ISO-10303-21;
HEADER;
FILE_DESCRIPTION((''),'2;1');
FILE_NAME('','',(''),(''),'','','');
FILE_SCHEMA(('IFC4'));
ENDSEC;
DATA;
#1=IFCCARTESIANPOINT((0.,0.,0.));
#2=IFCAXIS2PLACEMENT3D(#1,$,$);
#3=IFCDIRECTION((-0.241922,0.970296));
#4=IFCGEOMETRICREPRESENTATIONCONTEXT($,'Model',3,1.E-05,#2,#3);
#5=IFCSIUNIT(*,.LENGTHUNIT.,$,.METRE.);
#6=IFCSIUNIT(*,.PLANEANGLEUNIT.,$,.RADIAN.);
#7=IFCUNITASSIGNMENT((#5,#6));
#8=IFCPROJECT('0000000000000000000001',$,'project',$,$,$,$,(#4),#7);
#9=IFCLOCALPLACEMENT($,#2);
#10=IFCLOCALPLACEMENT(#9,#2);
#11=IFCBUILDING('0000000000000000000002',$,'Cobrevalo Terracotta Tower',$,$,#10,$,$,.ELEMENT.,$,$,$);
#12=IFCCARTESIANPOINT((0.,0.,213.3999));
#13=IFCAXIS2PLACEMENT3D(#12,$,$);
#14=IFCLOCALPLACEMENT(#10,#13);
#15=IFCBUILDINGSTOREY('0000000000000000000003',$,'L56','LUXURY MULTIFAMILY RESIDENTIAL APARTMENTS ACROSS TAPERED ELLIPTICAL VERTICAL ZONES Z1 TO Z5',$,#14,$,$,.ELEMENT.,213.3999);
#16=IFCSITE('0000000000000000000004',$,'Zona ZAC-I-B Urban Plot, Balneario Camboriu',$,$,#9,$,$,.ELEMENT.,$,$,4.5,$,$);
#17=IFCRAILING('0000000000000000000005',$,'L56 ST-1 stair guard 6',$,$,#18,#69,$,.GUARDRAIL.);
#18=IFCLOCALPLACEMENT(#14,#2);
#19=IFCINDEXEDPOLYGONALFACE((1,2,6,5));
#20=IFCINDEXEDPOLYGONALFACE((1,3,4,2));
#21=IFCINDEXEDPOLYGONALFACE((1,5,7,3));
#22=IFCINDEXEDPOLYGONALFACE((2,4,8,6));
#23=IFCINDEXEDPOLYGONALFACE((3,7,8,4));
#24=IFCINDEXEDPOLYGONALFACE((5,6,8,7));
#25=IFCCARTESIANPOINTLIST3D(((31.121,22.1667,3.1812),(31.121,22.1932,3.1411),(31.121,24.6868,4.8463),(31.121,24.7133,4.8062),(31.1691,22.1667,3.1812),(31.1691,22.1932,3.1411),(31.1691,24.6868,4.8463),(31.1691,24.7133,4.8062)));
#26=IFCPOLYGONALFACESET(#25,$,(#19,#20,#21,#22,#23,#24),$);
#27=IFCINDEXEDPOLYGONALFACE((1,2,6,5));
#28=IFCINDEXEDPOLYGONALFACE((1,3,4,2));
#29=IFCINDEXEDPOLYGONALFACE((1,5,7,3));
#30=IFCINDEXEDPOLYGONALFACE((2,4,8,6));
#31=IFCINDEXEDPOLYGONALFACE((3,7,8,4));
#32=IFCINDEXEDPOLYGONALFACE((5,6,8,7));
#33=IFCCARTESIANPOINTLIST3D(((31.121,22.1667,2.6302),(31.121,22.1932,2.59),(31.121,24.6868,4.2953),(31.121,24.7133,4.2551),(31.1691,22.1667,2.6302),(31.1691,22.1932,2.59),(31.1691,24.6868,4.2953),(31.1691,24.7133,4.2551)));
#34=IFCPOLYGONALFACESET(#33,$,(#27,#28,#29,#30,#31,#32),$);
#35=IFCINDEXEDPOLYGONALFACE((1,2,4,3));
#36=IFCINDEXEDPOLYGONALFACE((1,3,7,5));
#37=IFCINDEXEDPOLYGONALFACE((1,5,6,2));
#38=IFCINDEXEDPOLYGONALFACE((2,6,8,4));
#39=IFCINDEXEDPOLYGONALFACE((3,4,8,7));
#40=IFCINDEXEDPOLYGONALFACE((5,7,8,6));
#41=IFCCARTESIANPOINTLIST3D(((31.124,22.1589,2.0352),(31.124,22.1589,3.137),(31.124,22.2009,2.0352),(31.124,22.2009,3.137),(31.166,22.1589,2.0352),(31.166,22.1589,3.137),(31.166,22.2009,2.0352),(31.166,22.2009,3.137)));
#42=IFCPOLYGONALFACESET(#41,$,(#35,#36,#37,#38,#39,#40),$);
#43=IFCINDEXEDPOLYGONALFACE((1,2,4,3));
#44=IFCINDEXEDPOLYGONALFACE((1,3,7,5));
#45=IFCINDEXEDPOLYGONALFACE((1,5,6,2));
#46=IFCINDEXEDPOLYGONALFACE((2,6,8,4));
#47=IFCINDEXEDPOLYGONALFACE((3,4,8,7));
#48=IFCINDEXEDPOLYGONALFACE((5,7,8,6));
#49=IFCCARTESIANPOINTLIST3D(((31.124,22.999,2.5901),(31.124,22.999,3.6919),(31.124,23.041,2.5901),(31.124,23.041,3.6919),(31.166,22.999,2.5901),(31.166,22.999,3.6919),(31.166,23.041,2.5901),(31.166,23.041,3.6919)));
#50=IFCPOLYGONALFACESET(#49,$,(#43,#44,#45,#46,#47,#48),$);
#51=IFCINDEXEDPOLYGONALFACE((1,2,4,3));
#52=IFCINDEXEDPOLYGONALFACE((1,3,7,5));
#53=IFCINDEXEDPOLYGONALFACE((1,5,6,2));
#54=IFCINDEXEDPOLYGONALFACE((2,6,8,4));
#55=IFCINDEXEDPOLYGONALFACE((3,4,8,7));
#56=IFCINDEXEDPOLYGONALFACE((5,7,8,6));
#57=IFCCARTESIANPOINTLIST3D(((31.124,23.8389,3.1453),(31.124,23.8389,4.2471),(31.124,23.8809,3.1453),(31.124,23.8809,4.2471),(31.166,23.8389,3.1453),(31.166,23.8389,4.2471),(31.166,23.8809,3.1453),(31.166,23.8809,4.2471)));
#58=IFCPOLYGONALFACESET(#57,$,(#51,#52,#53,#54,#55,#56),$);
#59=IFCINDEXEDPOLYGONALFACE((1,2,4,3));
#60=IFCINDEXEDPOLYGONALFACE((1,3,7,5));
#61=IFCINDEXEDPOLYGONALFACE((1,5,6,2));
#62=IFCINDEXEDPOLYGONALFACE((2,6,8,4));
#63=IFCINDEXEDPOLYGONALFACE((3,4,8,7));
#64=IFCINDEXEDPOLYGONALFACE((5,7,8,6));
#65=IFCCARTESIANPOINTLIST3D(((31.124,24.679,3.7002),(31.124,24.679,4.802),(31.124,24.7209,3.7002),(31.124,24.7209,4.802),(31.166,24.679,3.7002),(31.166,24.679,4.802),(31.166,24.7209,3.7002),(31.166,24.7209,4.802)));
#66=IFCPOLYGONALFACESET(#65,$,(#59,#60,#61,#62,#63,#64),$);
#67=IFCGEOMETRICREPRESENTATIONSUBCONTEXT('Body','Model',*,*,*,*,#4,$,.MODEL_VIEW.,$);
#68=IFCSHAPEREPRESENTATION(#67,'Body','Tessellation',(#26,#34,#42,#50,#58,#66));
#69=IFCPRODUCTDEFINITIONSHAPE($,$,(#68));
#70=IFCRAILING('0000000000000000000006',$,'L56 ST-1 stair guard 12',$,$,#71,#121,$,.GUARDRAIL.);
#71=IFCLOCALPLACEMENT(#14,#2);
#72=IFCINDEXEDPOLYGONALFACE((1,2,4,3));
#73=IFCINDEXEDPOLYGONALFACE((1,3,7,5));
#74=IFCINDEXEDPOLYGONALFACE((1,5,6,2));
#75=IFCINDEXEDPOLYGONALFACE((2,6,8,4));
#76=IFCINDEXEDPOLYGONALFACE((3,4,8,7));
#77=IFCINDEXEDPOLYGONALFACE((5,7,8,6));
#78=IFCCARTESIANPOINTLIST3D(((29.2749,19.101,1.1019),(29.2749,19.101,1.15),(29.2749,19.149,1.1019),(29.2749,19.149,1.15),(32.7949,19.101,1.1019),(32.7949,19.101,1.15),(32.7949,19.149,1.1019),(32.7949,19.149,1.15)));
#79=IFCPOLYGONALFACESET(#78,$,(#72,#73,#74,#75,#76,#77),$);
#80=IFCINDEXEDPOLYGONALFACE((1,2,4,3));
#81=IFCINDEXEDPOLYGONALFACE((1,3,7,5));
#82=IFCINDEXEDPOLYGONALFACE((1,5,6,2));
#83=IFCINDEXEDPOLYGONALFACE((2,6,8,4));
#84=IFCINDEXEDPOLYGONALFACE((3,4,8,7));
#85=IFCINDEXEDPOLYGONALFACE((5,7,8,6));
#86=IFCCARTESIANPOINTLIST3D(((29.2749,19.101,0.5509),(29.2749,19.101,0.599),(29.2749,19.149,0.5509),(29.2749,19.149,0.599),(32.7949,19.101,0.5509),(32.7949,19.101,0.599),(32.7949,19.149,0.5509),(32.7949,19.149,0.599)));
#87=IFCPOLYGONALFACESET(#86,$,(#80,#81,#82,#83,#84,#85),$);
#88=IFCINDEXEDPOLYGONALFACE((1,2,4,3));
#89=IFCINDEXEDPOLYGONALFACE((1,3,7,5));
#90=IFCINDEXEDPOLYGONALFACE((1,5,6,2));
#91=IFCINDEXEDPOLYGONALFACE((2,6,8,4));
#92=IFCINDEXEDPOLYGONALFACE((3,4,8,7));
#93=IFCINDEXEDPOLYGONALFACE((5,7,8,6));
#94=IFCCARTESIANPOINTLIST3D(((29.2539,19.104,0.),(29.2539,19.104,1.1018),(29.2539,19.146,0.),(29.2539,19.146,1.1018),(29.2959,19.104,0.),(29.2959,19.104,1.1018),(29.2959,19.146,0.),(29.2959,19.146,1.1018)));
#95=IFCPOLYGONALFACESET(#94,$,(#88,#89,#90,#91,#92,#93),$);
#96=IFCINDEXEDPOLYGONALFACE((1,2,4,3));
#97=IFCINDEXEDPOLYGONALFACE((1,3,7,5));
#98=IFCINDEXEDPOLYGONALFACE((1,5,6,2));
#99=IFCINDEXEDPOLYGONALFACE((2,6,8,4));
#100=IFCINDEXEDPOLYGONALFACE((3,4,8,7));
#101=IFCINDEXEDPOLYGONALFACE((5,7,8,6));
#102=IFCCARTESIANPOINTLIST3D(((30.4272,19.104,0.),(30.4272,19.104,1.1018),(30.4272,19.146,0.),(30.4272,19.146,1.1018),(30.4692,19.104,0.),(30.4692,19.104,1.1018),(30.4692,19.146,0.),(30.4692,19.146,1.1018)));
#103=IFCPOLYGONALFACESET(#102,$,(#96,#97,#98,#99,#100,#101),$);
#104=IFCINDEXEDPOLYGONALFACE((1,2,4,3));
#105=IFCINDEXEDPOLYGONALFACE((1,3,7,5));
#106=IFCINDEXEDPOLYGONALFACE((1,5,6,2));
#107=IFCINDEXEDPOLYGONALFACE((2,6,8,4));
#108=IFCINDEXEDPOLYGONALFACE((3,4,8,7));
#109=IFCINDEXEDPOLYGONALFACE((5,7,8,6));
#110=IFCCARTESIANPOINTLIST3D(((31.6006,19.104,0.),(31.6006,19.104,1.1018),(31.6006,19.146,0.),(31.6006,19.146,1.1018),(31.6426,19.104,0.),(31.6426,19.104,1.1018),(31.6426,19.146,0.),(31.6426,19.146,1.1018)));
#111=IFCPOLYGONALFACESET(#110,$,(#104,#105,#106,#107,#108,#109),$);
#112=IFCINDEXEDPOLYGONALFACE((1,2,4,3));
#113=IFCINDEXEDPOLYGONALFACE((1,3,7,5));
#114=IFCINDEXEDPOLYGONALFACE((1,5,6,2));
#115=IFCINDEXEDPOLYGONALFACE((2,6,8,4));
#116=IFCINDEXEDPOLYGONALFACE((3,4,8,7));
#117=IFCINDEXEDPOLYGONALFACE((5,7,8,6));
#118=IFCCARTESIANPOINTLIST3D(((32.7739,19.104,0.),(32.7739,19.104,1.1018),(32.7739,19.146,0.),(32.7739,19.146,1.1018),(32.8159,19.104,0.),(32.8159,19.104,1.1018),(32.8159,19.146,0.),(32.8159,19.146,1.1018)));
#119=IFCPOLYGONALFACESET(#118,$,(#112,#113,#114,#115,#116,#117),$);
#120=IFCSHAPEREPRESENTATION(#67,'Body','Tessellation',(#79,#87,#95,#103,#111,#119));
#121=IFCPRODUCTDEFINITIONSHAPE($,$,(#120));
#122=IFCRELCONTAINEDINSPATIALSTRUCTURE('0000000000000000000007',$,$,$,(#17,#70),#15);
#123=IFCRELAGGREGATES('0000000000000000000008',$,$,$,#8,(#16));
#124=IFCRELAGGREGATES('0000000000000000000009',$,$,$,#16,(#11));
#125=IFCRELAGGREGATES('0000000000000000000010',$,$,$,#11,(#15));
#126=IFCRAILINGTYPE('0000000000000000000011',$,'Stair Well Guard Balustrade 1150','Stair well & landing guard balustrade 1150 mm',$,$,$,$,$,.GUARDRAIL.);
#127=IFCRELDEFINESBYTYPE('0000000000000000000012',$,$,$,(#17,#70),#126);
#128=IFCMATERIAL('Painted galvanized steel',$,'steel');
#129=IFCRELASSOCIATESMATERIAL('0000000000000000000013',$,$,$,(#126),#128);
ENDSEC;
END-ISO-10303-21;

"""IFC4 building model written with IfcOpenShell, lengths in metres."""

from ifc_helpers import new_model, si_unit, direction, frame, origin, origin_2d, place, context, subcontext, project, spatial, rectangle, extrude, material, type_object, element, save


model = new_model("IFC4")

# Units and contexts
model_context = context("Model", 3, precision=1e-05, world=origin(), true_north=direction((-0.241922, 0.970296)))
body_context = subcontext(model_context, "Body", "Model", "MODEL_VIEW")
ifc_project = project(units=[si_unit("LENGTHUNIT", "METRE"), si_unit("PLANEANGLEUNIT", "RADIAN")], contexts=[model_context])

# Site, building, storey
site_placement = place(None, origin())
site = spatial("IfcSite", under=ifc_project, at=site_placement, Name="Zona ZAC-I-B Urban Plot, Balneario Camboriu", CompositionType="ELEMENT", RefElevation=4.5)
building_placement = place(site_placement, origin())
building = spatial("IfcBuilding", under=site, at=building_placement, Name="Cobrevalo Terracotta Tower", CompositionType="ELEMENT")
storey_placement = place(building_placement, frame((0.0, 0.0, 213.3999)))
storey = spatial("IfcBuildingStorey", under=building, at=storey_placement, Name="L56", Description="LUXURY MULTIFAMILY RESIDENTIAL APARTMENTS ACROSS TAPERED ELLIPTICAL VERTICAL ZONES Z1 TO Z5", CompositionType="ELEMENT", Elevation=213.3999)

# Railings
ifc_material_1 = material(Name="Painted galvanized steel", Category="steel")
railing_type_1 = type_object("IfcRailingType", Name="Stair Well Guard Balustrade 1150", Description="Stair well & landing guard balustrade 1150 mm", PredefinedType="GUARDRAIL", material=ifc_material_1)
railing_1_placement = place(storey_placement, frame((31.145, 22.1799, 2.0352)))
element("IfcRailing", 1, at=railing_1_placement, inside=storey, type_object=railing_type_1, Name="L56 ST-1 stair guard 6", PredefinedType="GUARDRAIL", context=body_context, shape_type="SweptSolid", body=[
    extrude(rectangle(XDim=0.0481, YDim=0.0481, at=origin_2d()), frame((0.0, 0.0, 1.126), z_axis=(0.0, 0.834331, 0.551263), x_axis=(-1.0, 0.0, 0.0)), (0.0, 0.0, 1.0), 3.0205),
    extrude(rectangle(XDim=0.0481, YDim=0.0481, at=origin_2d()), frame((0.0, 0.0, 0.575), z_axis=(0.0, 0.834331, 0.551263), x_axis=(-1.0, 0.0, 0.0)), (0.0, 0.0, 1.0), 3.0205),
    extrude(rectangle(XDim=0.042, YDim=0.042, at=origin_2d()), origin(), (0.0, 0.0, 1.0), 1.1018),
    extrude(rectangle(XDim=0.042, YDim=0.042, at=origin_2d()), frame((0.0, 0.8401, 0.5549)), (0.0, 0.0, 1.0), 1.1018),
    extrude(rectangle(XDim=0.042, YDim=0.042, at=origin_2d()), frame((0.0, 1.6799, 1.1101)), (0.0, 0.0, 1.0), 1.1018),
    extrude(rectangle(XDim=0.042, YDim=0.042, at=origin_2d()), frame((0.0, 2.52, 1.665)), (0.0, 0.0, 1.0), 1.1018),
])
railing_2_placement = place(storey_placement, frame((29.2749, 19.125, 0.0)))
element("IfcRailing", 2, at=railing_2_placement, inside=storey, type_object=railing_type_1, Name="L56 ST-1 stair guard 12", PredefinedType="GUARDRAIL", context=body_context, shape_type="SweptSolid", body=[
    extrude(rectangle(XDim=0.0481, YDim=0.0481, at=origin_2d()), frame((0.0, 0.0, 1.126), z_axis=(1.0, 0.0, 0.0), x_axis=(0.0, 1.0, 0.0)), (0.0, 0.0, 1.0), 3.52),
    extrude(rectangle(XDim=0.0481, YDim=0.0481, at=origin_2d()), frame((0.0, 0.0, 0.575), z_axis=(1.0, 0.0, 0.0), x_axis=(0.0, 1.0, 0.0)), (0.0, 0.0, 1.0), 3.52),
    extrude(rectangle(XDim=0.042, YDim=0.042, at=origin_2d()), origin(), (0.0, 0.0, 1.0), 1.1018),
    extrude(rectangle(XDim=0.042, YDim=0.042, at=origin_2d()), frame((1.1733, 0.0, 0.0)), (0.0, 0.0, 1.0), 1.1018),
    extrude(rectangle(XDim=0.042, YDim=0.042, at=origin_2d()), frame((2.3467, 0.0, 0.0)), (0.0, 0.0, 1.0), 1.1018),
    extrude(rectangle(XDim=0.042, YDim=0.042, at=origin_2d()), frame((3.52, 0.0, 0.0)), (0.0, 0.0, 1.0), 1.1018),
])

save(model, "model.ifc")
